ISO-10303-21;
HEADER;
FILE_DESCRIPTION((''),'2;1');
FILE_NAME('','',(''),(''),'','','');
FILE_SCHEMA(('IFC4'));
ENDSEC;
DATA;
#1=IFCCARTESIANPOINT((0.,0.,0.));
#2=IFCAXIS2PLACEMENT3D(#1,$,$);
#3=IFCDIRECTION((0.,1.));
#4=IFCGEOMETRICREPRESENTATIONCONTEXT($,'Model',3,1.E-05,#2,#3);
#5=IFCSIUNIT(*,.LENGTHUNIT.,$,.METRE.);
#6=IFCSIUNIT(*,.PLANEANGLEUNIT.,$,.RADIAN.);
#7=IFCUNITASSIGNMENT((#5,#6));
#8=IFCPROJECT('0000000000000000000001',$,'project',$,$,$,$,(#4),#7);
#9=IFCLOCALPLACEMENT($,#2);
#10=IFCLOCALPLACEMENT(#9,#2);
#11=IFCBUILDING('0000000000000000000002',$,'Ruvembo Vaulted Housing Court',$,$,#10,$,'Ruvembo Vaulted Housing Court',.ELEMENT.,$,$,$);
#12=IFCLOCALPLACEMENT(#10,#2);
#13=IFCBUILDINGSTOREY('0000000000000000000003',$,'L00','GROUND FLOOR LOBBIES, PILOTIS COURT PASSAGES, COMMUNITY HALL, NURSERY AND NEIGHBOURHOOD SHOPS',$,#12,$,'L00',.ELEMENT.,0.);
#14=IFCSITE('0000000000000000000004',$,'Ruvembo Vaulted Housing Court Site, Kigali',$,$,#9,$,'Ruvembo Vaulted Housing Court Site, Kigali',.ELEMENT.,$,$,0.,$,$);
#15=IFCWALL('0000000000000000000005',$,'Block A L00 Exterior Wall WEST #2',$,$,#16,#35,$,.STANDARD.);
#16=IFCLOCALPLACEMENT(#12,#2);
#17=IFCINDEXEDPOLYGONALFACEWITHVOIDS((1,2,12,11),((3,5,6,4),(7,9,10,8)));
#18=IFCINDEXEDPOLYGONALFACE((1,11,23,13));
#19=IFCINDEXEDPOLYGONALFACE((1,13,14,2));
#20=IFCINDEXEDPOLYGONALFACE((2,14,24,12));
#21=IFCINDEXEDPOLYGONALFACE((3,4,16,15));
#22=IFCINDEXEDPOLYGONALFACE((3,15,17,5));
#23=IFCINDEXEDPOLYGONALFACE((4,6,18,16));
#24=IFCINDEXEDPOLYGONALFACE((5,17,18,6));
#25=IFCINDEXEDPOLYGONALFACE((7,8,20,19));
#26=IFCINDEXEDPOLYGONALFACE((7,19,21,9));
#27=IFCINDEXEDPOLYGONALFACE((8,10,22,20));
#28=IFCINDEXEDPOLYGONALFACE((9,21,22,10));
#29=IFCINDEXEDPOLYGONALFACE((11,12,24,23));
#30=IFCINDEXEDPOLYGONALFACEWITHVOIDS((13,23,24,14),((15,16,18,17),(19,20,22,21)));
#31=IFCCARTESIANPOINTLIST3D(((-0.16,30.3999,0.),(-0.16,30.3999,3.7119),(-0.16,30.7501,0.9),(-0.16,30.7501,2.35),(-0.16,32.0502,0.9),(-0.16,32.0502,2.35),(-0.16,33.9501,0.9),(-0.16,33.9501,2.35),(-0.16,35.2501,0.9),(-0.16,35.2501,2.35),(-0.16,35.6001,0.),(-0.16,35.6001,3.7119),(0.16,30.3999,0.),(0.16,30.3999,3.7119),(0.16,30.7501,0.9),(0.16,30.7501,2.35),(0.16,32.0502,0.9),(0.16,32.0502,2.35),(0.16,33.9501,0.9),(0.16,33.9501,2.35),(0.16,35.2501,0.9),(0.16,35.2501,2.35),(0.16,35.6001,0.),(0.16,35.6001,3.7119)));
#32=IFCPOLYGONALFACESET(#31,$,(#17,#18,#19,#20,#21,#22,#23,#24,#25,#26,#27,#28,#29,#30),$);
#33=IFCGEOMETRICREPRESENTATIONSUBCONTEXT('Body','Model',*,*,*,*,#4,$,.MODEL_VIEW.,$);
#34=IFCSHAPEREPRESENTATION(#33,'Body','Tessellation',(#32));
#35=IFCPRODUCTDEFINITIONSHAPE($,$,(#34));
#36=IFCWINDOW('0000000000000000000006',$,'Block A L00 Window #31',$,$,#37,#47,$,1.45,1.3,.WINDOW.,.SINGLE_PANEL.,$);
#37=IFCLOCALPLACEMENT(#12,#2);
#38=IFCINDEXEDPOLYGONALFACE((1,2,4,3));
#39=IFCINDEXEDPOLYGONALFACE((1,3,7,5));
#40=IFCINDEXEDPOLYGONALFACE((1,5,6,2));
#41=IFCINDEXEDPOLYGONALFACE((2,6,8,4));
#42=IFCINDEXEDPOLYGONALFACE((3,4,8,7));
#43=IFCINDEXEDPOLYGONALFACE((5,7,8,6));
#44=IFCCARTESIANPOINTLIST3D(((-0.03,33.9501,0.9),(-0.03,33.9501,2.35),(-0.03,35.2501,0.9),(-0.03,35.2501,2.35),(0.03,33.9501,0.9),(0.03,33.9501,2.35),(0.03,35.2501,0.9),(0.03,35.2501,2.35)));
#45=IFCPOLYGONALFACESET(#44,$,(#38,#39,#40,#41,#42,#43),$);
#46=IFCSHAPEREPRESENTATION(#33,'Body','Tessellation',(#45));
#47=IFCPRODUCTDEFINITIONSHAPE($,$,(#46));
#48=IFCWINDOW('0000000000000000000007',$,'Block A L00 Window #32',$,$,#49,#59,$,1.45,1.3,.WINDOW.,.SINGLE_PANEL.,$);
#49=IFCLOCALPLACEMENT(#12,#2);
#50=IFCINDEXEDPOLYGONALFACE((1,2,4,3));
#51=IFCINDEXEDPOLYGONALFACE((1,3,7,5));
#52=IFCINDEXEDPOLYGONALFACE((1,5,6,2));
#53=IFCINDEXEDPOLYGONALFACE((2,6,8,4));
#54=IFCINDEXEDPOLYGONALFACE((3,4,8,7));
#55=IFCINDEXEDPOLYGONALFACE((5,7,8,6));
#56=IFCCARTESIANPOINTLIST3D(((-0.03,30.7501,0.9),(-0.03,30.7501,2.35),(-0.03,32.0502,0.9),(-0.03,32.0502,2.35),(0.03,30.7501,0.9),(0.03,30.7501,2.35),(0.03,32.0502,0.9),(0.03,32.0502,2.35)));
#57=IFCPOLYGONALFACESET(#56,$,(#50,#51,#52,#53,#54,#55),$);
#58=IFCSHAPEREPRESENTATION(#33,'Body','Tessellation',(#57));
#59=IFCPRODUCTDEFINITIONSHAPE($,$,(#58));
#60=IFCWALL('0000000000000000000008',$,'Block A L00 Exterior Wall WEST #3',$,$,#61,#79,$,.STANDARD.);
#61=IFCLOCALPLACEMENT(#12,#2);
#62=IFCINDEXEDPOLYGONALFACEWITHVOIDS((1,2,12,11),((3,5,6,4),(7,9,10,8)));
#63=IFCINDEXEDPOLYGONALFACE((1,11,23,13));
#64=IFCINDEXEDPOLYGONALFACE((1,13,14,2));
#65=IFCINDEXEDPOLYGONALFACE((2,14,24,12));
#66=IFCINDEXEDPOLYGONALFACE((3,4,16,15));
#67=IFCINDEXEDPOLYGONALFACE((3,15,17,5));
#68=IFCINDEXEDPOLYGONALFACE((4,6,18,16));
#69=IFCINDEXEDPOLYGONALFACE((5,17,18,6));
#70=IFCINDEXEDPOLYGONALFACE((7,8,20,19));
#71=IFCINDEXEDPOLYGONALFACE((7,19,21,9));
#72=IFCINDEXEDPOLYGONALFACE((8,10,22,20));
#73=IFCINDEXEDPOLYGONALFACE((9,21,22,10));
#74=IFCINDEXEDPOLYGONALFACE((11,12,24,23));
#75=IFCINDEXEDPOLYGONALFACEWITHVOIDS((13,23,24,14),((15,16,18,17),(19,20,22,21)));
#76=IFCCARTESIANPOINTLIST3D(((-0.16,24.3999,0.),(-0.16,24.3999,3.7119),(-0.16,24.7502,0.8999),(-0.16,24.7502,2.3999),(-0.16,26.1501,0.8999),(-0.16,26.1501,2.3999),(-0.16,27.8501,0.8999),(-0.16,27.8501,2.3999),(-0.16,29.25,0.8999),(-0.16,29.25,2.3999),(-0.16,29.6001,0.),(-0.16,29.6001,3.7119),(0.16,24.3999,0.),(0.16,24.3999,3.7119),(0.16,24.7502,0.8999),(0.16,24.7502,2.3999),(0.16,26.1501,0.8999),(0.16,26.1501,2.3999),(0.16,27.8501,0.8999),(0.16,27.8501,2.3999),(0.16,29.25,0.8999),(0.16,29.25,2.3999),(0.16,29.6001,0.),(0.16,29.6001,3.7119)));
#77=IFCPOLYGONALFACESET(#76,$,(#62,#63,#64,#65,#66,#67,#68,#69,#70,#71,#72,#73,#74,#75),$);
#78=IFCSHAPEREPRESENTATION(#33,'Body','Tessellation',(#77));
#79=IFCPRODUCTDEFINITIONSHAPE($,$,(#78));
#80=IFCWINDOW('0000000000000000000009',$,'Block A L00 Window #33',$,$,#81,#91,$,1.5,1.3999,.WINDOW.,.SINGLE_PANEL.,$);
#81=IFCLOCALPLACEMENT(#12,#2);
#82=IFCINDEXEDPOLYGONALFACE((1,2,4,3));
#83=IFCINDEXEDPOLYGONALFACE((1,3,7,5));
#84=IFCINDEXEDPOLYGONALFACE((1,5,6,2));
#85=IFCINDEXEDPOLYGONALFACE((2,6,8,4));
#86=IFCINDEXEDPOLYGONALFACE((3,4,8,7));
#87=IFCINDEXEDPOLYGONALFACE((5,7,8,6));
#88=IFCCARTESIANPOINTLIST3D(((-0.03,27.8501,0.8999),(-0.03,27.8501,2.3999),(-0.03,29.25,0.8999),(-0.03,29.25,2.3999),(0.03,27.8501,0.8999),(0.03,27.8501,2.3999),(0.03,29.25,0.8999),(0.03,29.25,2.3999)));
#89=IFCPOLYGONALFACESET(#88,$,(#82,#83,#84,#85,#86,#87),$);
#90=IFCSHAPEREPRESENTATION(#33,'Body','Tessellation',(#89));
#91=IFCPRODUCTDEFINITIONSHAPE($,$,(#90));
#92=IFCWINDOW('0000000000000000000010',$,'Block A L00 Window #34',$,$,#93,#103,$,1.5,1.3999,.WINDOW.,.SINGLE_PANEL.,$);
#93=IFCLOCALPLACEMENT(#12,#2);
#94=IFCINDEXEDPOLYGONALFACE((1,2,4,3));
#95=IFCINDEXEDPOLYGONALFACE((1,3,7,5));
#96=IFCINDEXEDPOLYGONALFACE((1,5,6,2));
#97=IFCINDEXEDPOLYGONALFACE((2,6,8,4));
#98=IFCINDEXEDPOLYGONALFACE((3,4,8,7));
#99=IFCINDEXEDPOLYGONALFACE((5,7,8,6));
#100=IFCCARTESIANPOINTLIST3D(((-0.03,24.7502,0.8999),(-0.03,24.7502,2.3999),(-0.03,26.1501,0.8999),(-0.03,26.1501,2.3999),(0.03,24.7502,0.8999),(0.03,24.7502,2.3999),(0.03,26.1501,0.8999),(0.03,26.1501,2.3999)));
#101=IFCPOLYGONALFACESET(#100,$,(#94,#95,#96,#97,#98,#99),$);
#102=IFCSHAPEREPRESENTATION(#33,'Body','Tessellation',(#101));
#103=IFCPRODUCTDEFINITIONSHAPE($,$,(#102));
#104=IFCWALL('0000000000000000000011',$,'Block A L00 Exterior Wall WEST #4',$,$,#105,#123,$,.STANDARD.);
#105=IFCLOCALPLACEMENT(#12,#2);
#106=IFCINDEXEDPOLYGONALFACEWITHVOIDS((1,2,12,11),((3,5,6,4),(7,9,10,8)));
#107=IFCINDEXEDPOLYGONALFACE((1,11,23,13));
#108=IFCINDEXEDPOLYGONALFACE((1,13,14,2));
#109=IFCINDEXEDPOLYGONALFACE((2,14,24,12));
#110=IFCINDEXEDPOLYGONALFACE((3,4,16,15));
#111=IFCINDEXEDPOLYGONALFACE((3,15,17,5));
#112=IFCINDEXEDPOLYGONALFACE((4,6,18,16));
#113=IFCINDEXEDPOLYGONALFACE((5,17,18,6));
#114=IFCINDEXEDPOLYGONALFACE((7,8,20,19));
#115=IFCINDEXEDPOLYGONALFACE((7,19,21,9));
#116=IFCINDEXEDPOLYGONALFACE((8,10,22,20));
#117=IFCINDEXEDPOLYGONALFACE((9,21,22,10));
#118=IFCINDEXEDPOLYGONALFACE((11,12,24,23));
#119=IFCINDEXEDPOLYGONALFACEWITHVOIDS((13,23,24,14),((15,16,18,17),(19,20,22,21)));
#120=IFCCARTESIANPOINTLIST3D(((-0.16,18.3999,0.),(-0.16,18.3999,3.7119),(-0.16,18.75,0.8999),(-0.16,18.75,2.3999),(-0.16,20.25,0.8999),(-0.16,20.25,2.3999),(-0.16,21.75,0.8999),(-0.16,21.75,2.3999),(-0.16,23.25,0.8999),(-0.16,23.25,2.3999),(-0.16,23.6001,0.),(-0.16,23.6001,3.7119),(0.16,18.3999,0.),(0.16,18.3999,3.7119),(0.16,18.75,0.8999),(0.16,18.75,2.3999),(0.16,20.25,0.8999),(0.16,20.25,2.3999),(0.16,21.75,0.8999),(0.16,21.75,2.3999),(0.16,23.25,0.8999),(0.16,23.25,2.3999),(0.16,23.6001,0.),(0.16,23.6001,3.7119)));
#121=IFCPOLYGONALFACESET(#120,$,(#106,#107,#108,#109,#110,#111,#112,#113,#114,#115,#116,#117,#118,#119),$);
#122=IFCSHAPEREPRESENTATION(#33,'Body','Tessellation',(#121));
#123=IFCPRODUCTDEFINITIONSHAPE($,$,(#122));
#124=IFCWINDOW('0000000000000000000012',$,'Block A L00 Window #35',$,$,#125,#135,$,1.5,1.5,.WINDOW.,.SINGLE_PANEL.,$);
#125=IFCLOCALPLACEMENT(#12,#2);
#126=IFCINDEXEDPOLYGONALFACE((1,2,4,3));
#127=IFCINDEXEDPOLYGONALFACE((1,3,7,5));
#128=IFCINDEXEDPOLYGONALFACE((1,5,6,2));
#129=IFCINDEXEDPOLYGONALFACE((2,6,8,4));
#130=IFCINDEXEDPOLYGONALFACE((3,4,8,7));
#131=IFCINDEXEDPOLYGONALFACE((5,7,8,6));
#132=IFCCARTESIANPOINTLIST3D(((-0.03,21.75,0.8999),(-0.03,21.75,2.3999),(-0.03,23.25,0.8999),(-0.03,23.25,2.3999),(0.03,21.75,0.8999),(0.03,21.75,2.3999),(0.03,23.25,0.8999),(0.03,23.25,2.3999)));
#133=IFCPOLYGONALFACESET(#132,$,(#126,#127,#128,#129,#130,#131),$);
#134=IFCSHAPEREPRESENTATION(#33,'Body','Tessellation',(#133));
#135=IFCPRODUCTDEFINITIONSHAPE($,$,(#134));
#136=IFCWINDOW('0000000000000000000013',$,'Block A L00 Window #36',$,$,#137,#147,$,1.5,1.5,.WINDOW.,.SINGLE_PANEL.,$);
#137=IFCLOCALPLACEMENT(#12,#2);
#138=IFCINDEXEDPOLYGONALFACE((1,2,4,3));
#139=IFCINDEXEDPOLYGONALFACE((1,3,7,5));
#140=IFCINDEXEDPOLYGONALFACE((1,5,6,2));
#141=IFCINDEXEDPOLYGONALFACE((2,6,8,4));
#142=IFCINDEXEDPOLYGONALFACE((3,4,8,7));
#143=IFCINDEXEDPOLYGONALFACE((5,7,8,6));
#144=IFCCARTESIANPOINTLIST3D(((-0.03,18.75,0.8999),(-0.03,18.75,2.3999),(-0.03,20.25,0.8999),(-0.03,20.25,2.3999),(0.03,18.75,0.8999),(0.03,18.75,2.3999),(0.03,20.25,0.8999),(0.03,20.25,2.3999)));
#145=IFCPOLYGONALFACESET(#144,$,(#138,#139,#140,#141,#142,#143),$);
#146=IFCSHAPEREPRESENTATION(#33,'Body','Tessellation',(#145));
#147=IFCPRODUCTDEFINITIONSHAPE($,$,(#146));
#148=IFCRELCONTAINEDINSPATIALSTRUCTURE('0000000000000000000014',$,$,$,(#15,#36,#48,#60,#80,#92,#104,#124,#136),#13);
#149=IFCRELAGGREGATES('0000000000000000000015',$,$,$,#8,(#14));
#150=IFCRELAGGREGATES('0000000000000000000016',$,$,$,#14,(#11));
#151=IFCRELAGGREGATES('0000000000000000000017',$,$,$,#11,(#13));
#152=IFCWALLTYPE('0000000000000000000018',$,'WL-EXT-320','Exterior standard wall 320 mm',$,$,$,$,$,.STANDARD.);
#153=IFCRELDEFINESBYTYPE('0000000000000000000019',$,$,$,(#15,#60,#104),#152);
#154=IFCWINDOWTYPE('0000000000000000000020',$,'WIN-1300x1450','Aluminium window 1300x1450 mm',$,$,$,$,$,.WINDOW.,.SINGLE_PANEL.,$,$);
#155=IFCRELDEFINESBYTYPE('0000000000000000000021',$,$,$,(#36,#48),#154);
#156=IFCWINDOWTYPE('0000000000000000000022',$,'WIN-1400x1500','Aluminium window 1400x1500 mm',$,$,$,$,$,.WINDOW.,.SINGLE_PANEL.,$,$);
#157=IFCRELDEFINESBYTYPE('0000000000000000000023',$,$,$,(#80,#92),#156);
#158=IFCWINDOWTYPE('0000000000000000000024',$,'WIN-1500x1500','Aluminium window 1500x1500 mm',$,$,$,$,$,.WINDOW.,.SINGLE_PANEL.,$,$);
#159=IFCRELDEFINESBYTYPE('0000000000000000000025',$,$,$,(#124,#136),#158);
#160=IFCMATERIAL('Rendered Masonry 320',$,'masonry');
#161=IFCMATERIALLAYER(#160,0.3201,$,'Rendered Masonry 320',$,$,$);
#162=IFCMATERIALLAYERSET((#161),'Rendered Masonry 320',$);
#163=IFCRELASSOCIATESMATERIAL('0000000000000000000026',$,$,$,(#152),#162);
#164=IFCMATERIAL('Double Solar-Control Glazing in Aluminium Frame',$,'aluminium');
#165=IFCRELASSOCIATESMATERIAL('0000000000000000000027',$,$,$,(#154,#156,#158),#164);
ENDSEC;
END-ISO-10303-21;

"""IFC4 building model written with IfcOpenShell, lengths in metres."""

from ifc_helpers import new_model, si_unit, direction, frame, frame_2d, origin, place, context, subcontext, project, spatial, rectangle, extrude, material, layer, layer_set, type_object, element, fill, save


model = new_model("IFC4")

# Units and contexts
model_context = context("Model", 3, precision=1e-05, world=origin(), true_north=direction((0.0, 1.0)))
body_context = subcontext(model_context, "Body", "Model", "MODEL_VIEW")
ifc_project = project(units=[si_unit("LENGTHUNIT", "METRE"), si_unit("PLANEANGLEUNIT", "RADIAN")], contexts=[model_context])

# Site, building, storey
site_placement = place(None, origin())
site = spatial("IfcSite", under=ifc_project, at=site_placement, Name="Ruvembo Vaulted Housing Court Site, Kigali", LongName="Ruvembo Vaulted Housing Court Site, Kigali", CompositionType="ELEMENT", RefElevation=0.0)
building_placement = place(site_placement, origin())
building = spatial("IfcBuilding", under=site, at=building_placement, Name="Ruvembo Vaulted Housing Court", LongName="Ruvembo Vaulted Housing Court", CompositionType="ELEMENT")
storey_placement = place(building_placement, origin())
storey = spatial("IfcBuildingStorey", under=building, at=storey_placement, Name="L00", Description="GROUND FLOOR LOBBIES, PILOTIS COURT PASSAGES, COMMUNITY HALL, NURSERY AND NEIGHBOURHOOD SHOPS", LongName="L00", CompositionType="ELEMENT", Elevation=0.0)

# Walls, openings, windows
ifc_material_1 = material(Name="Rendered Masonry 320", Category="masonry")
ifc_layer_1 = layer(ifc_material_1, 0.3201, Name="Rendered Masonry 320")
ifc_layer_set_1 = layer_set([ifc_layer_1], Name="Rendered Masonry 320")
wall_type_1 = type_object("IfcWallType", Name="WL-EXT-320", Description="Exterior standard wall 320 mm", PredefinedType="STANDARD", material=ifc_layer_set_1)
wall_1_placement = place(storey_placement, frame((0.0, 35.6001, 0.0), z_axis=(0.0, 0.0, 1.0), x_axis=(0.0, -1.0, 0.0)))
wall_1 = element("IfcWall", 1, at=wall_1_placement, inside=storey, type_object=wall_type_1, Name="Block A L00 Exterior Wall WEST #2", PredefinedType="STANDARD", context=body_context, shape_type="SweptSolid", body=[
    extrude(rectangle(XDim=5.2002, YDim=0.3201, at=frame_2d((2.6001, 0.0))), origin(), (0.0, 0.0, 1.0), 3.7119),
])
opening_1_placement = place(wall_1_placement, frame((0.3501, 0.0, 0.8999)))
opening_1 = element("IfcOpeningElement", 2, at=opening_1_placement, cuts=wall_1, PredefinedType="OPENING", context=body_context, shape_type="SweptSolid", body=[
    extrude(rectangle(XDim=1.3, YDim=1.45, at=frame_2d((0.6499, 0.7251))), frame((0.0, 0.1699, 0.0), z_axis=(0.0, -1.0, 0.0), x_axis=(1.0, 0.0, 0.0)), (0.0, 0.0, 1.0), 0.3401),
])
opening_2_placement = place(wall_1_placement, frame((3.55, 0.0, 0.8999)))
opening_2 = element("IfcOpeningElement", 3, at=opening_2_placement, cuts=wall_1, PredefinedType="OPENING", context=body_context, shape_type="SweptSolid", body=[
    extrude(rectangle(XDim=1.3, YDim=1.45, at=frame_2d((0.6499, 0.7251))), frame((0.0, 0.1699, 0.0), z_axis=(0.0, -1.0, 0.0), x_axis=(1.0, 0.0, 0.0)), (0.0, 0.0, 1.0), 0.3401),
])
ifc_material_2 = material(Name="Double Solar-Control Glazing in Aluminium Frame", Category="aluminium")
window_type_1 = type_object("IfcWindowType", Name="WIN-1300x1450", Description="Aluminium window 1300x1450 mm", PartitioningType="SINGLE_PANEL", PredefinedType="WINDOW", material=ifc_material_2)
window_1_placement = place(opening_1_placement, origin())
window_1 = element("IfcWindow", 4, at=window_1_placement, inside=storey, type_object=window_type_1, Name="Block A L00 Window #31", OverallHeight=1.45, OverallWidth=1.3, PartitioningType="SINGLE_PANEL", PredefinedType="WINDOW", context=body_context, shape_type="SweptSolid", body=[
    extrude(rectangle(XDim=1.3, YDim=1.45, at=frame_2d((0.6499, 0.7251))), frame((0.0, 0.03, 0.0), z_axis=(0.0, -1.0, 0.0), x_axis=(1.0, 0.0, 0.0)), (0.0, 0.0, 1.0), 0.0601),
])
fill(opening_1, window_1)
window_2_placement = place(opening_2_placement, origin())
window_2 = element("IfcWindow", 5, at=window_2_placement, inside=storey, type_object=window_type_1, Name="Block A L00 Window #32", OverallHeight=1.45, OverallWidth=1.3, PartitioningType="SINGLE_PANEL", PredefinedType="WINDOW", context=body_context, shape_type="SweptSolid", body=[
    extrude(rectangle(XDim=1.3, YDim=1.45, at=frame_2d((0.6499, 0.7251))), frame((0.0, 0.03, 0.0), z_axis=(0.0, -1.0, 0.0), x_axis=(1.0, 0.0, 0.0)), (0.0, 0.0, 1.0), 0.0601),
])
fill(opening_2, window_2)
wall_2_placement = place(storey_placement, frame((0.0, 29.6001, 0.0), z_axis=(0.0, 0.0, 1.0), x_axis=(0.0, -1.0, 0.0)))
wall_2 = element("IfcWall", 6, at=wall_2_placement, inside=storey, type_object=wall_type_1, Name="Block A L00 Exterior Wall WEST #3", PredefinedType="STANDARD", context=body_context, shape_type="SweptSolid", body=[
    extrude(rectangle(XDim=5.2002, YDim=0.3201, at=frame_2d((2.6001, 0.0))), origin(), (0.0, 0.0, 1.0), 3.7119),
])
opening_3_placement = place(wall_2_placement, frame((0.3501, 0.0, 0.8999)))
opening_3 = element("IfcOpeningElement", 7, at=opening_3_placement, cuts=wall_2, PredefinedType="OPENING", context=body_context, shape_type="SweptSolid", body=[
    extrude(rectangle(XDim=1.3999, YDim=1.5, at=frame_2d((0.7, 0.75))), frame((0.0, 0.1699, 0.0), z_axis=(0.0, -1.0, 0.0), x_axis=(1.0, 0.0, 0.0)), (0.0, 0.0, 1.0), 0.3401),
])
opening_4_placement = place(wall_2_placement, frame((3.45, 0.0, 0.8999)))
opening_4 = element("IfcOpeningElement", 8, at=opening_4_placement, cuts=wall_2, PredefinedType="OPENING", context=body_context, shape_type="SweptSolid", body=[
    extrude(rectangle(XDim=1.3999, YDim=1.5, at=frame_2d((0.7, 0.75))), frame((0.0, 0.1699, 0.0), z_axis=(0.0, -1.0, 0.0), x_axis=(1.0, 0.0, 0.0)), (0.0, 0.0, 1.0), 0.3401),
])
window_type_2 = type_object("IfcWindowType", Name="WIN-1400x1500", Description="Aluminium window 1400x1500 mm", PartitioningType="SINGLE_PANEL", PredefinedType="WINDOW", material=ifc_material_2)
window_3_placement = place(opening_3_placement, origin())
window_3 = element("IfcWindow", 9, at=window_3_placement, inside=storey, type_object=window_type_2, Name="Block A L00 Window #33", OverallHeight=1.5, OverallWidth=1.3999, PartitioningType="SINGLE_PANEL", PredefinedType="WINDOW", context=body_context, shape_type="SweptSolid", body=[
    extrude(rectangle(XDim=1.3999, YDim=1.5, at=frame_2d((0.7, 0.75))), frame((0.0, 0.03, 0.0), z_axis=(0.0, -1.0, 0.0), x_axis=(1.0, 0.0, 0.0)), (0.0, 0.0, 1.0), 0.0601),
])
fill(opening_3, window_3)
window_4_placement = place(opening_4_placement, origin())
window_4 = element("IfcWindow", 10, at=window_4_placement, inside=storey, type_object=window_type_2, Name="Block A L00 Window #34", OverallHeight=1.5, OverallWidth=1.3999, PartitioningType="SINGLE_PANEL", PredefinedType="WINDOW", context=body_context, shape_type="SweptSolid", body=[
    extrude(rectangle(XDim=1.3999, YDim=1.5, at=frame_2d((0.7, 0.75))), frame((0.0, 0.03, 0.0), z_axis=(0.0, -1.0, 0.0), x_axis=(1.0, 0.0, 0.0)), (0.0, 0.0, 1.0), 0.0601),
])
fill(opening_4, window_4)
wall_3_placement = place(storey_placement, frame((0.0, 23.6001, 0.0), z_axis=(0.0, 0.0, 1.0), x_axis=(0.0, -1.0, 0.0)))
wall_3 = element("IfcWall", 11, at=wall_3_placement, inside=storey, type_object=wall_type_1, Name="Block A L00 Exterior Wall WEST #4", PredefinedType="STANDARD", context=body_context, shape_type="SweptSolid", body=[
    extrude(rectangle(XDim=5.2002, YDim=0.3201, at=frame_2d((2.6001, 0.0))), origin(), (0.0, 0.0, 1.0), 3.7119),
])
opening_5_placement = place(wall_3_placement, frame((0.3501, 0.0, 0.8999)))
opening_5 = element("IfcOpeningElement", 12, at=opening_5_placement, cuts=wall_3, PredefinedType="OPENING", context=body_context, shape_type="SweptSolid", body=[
    extrude(rectangle(XDim=1.5, YDim=1.5, at=frame_2d((0.75, 0.75))), frame((0.0, 0.1699, 0.0), z_axis=(0.0, -1.0, 0.0), x_axis=(1.0, 0.0, 0.0)), (0.0, 0.0, 1.0), 0.3401),
])
opening_6_placement = place(wall_3_placement, frame((3.3501, 0.0, 0.8999)))
opening_6 = element("IfcOpeningElement", 13, at=opening_6_placement, cuts=wall_3, PredefinedType="OPENING", context=body_context, shape_type="SweptSolid", body=[
    extrude(rectangle(XDim=1.5, YDim=1.5, at=frame_2d((0.75, 0.75))), frame((0.0, 0.1699, 0.0), z_axis=(0.0, -1.0, 0.0), x_axis=(1.0, 0.0, 0.0)), (0.0, 0.0, 1.0), 0.3401),
])
window_type_3 = type_object("IfcWindowType", Name="WIN-1500x1500", Description="Aluminium window 1500x1500 mm", PartitioningType="SINGLE_PANEL", PredefinedType="WINDOW", material=ifc_material_2)
window_5_placement = place(opening_5_placement, origin())
window_5 = element("IfcWindow", 14, at=window_5_placement, inside=storey, type_object=window_type_3, Name="Block A L00 Window #35", OverallHeight=1.5, OverallWidth=1.5, PartitioningType="SINGLE_PANEL", PredefinedType="WINDOW", context=body_context, shape_type="SweptSolid", body=[
    extrude(rectangle(XDim=1.5, YDim=1.5, at=frame_2d((0.75, 0.75))), frame((0.0, 0.03, 0.0), z_axis=(0.0, -1.0, 0.0), x_axis=(1.0, 0.0, 0.0)), (0.0, 0.0, 1.0), 0.0601),
])
fill(opening_5, window_5)
window_6_placement = place(opening_6_placement, origin())
window_6 = element("IfcWindow", 15, at=window_6_placement, inside=storey, type_object=window_type_3, Name="Block A L00 Window #36", OverallHeight=1.5, OverallWidth=1.5, PartitioningType="SINGLE_PANEL", PredefinedType="WINDOW", context=body_context, shape_type="SweptSolid", body=[
    extrude(rectangle(XDim=1.5, YDim=1.5, at=frame_2d((0.75, 0.75))), frame((0.0, 0.03, 0.0), z_axis=(0.0, -1.0, 0.0), x_axis=(1.0, 0.0, 0.0)), (0.0, 0.0, 1.0), 0.0601),
])
fill(opening_6, window_6)

save(model, "model.ifc")
